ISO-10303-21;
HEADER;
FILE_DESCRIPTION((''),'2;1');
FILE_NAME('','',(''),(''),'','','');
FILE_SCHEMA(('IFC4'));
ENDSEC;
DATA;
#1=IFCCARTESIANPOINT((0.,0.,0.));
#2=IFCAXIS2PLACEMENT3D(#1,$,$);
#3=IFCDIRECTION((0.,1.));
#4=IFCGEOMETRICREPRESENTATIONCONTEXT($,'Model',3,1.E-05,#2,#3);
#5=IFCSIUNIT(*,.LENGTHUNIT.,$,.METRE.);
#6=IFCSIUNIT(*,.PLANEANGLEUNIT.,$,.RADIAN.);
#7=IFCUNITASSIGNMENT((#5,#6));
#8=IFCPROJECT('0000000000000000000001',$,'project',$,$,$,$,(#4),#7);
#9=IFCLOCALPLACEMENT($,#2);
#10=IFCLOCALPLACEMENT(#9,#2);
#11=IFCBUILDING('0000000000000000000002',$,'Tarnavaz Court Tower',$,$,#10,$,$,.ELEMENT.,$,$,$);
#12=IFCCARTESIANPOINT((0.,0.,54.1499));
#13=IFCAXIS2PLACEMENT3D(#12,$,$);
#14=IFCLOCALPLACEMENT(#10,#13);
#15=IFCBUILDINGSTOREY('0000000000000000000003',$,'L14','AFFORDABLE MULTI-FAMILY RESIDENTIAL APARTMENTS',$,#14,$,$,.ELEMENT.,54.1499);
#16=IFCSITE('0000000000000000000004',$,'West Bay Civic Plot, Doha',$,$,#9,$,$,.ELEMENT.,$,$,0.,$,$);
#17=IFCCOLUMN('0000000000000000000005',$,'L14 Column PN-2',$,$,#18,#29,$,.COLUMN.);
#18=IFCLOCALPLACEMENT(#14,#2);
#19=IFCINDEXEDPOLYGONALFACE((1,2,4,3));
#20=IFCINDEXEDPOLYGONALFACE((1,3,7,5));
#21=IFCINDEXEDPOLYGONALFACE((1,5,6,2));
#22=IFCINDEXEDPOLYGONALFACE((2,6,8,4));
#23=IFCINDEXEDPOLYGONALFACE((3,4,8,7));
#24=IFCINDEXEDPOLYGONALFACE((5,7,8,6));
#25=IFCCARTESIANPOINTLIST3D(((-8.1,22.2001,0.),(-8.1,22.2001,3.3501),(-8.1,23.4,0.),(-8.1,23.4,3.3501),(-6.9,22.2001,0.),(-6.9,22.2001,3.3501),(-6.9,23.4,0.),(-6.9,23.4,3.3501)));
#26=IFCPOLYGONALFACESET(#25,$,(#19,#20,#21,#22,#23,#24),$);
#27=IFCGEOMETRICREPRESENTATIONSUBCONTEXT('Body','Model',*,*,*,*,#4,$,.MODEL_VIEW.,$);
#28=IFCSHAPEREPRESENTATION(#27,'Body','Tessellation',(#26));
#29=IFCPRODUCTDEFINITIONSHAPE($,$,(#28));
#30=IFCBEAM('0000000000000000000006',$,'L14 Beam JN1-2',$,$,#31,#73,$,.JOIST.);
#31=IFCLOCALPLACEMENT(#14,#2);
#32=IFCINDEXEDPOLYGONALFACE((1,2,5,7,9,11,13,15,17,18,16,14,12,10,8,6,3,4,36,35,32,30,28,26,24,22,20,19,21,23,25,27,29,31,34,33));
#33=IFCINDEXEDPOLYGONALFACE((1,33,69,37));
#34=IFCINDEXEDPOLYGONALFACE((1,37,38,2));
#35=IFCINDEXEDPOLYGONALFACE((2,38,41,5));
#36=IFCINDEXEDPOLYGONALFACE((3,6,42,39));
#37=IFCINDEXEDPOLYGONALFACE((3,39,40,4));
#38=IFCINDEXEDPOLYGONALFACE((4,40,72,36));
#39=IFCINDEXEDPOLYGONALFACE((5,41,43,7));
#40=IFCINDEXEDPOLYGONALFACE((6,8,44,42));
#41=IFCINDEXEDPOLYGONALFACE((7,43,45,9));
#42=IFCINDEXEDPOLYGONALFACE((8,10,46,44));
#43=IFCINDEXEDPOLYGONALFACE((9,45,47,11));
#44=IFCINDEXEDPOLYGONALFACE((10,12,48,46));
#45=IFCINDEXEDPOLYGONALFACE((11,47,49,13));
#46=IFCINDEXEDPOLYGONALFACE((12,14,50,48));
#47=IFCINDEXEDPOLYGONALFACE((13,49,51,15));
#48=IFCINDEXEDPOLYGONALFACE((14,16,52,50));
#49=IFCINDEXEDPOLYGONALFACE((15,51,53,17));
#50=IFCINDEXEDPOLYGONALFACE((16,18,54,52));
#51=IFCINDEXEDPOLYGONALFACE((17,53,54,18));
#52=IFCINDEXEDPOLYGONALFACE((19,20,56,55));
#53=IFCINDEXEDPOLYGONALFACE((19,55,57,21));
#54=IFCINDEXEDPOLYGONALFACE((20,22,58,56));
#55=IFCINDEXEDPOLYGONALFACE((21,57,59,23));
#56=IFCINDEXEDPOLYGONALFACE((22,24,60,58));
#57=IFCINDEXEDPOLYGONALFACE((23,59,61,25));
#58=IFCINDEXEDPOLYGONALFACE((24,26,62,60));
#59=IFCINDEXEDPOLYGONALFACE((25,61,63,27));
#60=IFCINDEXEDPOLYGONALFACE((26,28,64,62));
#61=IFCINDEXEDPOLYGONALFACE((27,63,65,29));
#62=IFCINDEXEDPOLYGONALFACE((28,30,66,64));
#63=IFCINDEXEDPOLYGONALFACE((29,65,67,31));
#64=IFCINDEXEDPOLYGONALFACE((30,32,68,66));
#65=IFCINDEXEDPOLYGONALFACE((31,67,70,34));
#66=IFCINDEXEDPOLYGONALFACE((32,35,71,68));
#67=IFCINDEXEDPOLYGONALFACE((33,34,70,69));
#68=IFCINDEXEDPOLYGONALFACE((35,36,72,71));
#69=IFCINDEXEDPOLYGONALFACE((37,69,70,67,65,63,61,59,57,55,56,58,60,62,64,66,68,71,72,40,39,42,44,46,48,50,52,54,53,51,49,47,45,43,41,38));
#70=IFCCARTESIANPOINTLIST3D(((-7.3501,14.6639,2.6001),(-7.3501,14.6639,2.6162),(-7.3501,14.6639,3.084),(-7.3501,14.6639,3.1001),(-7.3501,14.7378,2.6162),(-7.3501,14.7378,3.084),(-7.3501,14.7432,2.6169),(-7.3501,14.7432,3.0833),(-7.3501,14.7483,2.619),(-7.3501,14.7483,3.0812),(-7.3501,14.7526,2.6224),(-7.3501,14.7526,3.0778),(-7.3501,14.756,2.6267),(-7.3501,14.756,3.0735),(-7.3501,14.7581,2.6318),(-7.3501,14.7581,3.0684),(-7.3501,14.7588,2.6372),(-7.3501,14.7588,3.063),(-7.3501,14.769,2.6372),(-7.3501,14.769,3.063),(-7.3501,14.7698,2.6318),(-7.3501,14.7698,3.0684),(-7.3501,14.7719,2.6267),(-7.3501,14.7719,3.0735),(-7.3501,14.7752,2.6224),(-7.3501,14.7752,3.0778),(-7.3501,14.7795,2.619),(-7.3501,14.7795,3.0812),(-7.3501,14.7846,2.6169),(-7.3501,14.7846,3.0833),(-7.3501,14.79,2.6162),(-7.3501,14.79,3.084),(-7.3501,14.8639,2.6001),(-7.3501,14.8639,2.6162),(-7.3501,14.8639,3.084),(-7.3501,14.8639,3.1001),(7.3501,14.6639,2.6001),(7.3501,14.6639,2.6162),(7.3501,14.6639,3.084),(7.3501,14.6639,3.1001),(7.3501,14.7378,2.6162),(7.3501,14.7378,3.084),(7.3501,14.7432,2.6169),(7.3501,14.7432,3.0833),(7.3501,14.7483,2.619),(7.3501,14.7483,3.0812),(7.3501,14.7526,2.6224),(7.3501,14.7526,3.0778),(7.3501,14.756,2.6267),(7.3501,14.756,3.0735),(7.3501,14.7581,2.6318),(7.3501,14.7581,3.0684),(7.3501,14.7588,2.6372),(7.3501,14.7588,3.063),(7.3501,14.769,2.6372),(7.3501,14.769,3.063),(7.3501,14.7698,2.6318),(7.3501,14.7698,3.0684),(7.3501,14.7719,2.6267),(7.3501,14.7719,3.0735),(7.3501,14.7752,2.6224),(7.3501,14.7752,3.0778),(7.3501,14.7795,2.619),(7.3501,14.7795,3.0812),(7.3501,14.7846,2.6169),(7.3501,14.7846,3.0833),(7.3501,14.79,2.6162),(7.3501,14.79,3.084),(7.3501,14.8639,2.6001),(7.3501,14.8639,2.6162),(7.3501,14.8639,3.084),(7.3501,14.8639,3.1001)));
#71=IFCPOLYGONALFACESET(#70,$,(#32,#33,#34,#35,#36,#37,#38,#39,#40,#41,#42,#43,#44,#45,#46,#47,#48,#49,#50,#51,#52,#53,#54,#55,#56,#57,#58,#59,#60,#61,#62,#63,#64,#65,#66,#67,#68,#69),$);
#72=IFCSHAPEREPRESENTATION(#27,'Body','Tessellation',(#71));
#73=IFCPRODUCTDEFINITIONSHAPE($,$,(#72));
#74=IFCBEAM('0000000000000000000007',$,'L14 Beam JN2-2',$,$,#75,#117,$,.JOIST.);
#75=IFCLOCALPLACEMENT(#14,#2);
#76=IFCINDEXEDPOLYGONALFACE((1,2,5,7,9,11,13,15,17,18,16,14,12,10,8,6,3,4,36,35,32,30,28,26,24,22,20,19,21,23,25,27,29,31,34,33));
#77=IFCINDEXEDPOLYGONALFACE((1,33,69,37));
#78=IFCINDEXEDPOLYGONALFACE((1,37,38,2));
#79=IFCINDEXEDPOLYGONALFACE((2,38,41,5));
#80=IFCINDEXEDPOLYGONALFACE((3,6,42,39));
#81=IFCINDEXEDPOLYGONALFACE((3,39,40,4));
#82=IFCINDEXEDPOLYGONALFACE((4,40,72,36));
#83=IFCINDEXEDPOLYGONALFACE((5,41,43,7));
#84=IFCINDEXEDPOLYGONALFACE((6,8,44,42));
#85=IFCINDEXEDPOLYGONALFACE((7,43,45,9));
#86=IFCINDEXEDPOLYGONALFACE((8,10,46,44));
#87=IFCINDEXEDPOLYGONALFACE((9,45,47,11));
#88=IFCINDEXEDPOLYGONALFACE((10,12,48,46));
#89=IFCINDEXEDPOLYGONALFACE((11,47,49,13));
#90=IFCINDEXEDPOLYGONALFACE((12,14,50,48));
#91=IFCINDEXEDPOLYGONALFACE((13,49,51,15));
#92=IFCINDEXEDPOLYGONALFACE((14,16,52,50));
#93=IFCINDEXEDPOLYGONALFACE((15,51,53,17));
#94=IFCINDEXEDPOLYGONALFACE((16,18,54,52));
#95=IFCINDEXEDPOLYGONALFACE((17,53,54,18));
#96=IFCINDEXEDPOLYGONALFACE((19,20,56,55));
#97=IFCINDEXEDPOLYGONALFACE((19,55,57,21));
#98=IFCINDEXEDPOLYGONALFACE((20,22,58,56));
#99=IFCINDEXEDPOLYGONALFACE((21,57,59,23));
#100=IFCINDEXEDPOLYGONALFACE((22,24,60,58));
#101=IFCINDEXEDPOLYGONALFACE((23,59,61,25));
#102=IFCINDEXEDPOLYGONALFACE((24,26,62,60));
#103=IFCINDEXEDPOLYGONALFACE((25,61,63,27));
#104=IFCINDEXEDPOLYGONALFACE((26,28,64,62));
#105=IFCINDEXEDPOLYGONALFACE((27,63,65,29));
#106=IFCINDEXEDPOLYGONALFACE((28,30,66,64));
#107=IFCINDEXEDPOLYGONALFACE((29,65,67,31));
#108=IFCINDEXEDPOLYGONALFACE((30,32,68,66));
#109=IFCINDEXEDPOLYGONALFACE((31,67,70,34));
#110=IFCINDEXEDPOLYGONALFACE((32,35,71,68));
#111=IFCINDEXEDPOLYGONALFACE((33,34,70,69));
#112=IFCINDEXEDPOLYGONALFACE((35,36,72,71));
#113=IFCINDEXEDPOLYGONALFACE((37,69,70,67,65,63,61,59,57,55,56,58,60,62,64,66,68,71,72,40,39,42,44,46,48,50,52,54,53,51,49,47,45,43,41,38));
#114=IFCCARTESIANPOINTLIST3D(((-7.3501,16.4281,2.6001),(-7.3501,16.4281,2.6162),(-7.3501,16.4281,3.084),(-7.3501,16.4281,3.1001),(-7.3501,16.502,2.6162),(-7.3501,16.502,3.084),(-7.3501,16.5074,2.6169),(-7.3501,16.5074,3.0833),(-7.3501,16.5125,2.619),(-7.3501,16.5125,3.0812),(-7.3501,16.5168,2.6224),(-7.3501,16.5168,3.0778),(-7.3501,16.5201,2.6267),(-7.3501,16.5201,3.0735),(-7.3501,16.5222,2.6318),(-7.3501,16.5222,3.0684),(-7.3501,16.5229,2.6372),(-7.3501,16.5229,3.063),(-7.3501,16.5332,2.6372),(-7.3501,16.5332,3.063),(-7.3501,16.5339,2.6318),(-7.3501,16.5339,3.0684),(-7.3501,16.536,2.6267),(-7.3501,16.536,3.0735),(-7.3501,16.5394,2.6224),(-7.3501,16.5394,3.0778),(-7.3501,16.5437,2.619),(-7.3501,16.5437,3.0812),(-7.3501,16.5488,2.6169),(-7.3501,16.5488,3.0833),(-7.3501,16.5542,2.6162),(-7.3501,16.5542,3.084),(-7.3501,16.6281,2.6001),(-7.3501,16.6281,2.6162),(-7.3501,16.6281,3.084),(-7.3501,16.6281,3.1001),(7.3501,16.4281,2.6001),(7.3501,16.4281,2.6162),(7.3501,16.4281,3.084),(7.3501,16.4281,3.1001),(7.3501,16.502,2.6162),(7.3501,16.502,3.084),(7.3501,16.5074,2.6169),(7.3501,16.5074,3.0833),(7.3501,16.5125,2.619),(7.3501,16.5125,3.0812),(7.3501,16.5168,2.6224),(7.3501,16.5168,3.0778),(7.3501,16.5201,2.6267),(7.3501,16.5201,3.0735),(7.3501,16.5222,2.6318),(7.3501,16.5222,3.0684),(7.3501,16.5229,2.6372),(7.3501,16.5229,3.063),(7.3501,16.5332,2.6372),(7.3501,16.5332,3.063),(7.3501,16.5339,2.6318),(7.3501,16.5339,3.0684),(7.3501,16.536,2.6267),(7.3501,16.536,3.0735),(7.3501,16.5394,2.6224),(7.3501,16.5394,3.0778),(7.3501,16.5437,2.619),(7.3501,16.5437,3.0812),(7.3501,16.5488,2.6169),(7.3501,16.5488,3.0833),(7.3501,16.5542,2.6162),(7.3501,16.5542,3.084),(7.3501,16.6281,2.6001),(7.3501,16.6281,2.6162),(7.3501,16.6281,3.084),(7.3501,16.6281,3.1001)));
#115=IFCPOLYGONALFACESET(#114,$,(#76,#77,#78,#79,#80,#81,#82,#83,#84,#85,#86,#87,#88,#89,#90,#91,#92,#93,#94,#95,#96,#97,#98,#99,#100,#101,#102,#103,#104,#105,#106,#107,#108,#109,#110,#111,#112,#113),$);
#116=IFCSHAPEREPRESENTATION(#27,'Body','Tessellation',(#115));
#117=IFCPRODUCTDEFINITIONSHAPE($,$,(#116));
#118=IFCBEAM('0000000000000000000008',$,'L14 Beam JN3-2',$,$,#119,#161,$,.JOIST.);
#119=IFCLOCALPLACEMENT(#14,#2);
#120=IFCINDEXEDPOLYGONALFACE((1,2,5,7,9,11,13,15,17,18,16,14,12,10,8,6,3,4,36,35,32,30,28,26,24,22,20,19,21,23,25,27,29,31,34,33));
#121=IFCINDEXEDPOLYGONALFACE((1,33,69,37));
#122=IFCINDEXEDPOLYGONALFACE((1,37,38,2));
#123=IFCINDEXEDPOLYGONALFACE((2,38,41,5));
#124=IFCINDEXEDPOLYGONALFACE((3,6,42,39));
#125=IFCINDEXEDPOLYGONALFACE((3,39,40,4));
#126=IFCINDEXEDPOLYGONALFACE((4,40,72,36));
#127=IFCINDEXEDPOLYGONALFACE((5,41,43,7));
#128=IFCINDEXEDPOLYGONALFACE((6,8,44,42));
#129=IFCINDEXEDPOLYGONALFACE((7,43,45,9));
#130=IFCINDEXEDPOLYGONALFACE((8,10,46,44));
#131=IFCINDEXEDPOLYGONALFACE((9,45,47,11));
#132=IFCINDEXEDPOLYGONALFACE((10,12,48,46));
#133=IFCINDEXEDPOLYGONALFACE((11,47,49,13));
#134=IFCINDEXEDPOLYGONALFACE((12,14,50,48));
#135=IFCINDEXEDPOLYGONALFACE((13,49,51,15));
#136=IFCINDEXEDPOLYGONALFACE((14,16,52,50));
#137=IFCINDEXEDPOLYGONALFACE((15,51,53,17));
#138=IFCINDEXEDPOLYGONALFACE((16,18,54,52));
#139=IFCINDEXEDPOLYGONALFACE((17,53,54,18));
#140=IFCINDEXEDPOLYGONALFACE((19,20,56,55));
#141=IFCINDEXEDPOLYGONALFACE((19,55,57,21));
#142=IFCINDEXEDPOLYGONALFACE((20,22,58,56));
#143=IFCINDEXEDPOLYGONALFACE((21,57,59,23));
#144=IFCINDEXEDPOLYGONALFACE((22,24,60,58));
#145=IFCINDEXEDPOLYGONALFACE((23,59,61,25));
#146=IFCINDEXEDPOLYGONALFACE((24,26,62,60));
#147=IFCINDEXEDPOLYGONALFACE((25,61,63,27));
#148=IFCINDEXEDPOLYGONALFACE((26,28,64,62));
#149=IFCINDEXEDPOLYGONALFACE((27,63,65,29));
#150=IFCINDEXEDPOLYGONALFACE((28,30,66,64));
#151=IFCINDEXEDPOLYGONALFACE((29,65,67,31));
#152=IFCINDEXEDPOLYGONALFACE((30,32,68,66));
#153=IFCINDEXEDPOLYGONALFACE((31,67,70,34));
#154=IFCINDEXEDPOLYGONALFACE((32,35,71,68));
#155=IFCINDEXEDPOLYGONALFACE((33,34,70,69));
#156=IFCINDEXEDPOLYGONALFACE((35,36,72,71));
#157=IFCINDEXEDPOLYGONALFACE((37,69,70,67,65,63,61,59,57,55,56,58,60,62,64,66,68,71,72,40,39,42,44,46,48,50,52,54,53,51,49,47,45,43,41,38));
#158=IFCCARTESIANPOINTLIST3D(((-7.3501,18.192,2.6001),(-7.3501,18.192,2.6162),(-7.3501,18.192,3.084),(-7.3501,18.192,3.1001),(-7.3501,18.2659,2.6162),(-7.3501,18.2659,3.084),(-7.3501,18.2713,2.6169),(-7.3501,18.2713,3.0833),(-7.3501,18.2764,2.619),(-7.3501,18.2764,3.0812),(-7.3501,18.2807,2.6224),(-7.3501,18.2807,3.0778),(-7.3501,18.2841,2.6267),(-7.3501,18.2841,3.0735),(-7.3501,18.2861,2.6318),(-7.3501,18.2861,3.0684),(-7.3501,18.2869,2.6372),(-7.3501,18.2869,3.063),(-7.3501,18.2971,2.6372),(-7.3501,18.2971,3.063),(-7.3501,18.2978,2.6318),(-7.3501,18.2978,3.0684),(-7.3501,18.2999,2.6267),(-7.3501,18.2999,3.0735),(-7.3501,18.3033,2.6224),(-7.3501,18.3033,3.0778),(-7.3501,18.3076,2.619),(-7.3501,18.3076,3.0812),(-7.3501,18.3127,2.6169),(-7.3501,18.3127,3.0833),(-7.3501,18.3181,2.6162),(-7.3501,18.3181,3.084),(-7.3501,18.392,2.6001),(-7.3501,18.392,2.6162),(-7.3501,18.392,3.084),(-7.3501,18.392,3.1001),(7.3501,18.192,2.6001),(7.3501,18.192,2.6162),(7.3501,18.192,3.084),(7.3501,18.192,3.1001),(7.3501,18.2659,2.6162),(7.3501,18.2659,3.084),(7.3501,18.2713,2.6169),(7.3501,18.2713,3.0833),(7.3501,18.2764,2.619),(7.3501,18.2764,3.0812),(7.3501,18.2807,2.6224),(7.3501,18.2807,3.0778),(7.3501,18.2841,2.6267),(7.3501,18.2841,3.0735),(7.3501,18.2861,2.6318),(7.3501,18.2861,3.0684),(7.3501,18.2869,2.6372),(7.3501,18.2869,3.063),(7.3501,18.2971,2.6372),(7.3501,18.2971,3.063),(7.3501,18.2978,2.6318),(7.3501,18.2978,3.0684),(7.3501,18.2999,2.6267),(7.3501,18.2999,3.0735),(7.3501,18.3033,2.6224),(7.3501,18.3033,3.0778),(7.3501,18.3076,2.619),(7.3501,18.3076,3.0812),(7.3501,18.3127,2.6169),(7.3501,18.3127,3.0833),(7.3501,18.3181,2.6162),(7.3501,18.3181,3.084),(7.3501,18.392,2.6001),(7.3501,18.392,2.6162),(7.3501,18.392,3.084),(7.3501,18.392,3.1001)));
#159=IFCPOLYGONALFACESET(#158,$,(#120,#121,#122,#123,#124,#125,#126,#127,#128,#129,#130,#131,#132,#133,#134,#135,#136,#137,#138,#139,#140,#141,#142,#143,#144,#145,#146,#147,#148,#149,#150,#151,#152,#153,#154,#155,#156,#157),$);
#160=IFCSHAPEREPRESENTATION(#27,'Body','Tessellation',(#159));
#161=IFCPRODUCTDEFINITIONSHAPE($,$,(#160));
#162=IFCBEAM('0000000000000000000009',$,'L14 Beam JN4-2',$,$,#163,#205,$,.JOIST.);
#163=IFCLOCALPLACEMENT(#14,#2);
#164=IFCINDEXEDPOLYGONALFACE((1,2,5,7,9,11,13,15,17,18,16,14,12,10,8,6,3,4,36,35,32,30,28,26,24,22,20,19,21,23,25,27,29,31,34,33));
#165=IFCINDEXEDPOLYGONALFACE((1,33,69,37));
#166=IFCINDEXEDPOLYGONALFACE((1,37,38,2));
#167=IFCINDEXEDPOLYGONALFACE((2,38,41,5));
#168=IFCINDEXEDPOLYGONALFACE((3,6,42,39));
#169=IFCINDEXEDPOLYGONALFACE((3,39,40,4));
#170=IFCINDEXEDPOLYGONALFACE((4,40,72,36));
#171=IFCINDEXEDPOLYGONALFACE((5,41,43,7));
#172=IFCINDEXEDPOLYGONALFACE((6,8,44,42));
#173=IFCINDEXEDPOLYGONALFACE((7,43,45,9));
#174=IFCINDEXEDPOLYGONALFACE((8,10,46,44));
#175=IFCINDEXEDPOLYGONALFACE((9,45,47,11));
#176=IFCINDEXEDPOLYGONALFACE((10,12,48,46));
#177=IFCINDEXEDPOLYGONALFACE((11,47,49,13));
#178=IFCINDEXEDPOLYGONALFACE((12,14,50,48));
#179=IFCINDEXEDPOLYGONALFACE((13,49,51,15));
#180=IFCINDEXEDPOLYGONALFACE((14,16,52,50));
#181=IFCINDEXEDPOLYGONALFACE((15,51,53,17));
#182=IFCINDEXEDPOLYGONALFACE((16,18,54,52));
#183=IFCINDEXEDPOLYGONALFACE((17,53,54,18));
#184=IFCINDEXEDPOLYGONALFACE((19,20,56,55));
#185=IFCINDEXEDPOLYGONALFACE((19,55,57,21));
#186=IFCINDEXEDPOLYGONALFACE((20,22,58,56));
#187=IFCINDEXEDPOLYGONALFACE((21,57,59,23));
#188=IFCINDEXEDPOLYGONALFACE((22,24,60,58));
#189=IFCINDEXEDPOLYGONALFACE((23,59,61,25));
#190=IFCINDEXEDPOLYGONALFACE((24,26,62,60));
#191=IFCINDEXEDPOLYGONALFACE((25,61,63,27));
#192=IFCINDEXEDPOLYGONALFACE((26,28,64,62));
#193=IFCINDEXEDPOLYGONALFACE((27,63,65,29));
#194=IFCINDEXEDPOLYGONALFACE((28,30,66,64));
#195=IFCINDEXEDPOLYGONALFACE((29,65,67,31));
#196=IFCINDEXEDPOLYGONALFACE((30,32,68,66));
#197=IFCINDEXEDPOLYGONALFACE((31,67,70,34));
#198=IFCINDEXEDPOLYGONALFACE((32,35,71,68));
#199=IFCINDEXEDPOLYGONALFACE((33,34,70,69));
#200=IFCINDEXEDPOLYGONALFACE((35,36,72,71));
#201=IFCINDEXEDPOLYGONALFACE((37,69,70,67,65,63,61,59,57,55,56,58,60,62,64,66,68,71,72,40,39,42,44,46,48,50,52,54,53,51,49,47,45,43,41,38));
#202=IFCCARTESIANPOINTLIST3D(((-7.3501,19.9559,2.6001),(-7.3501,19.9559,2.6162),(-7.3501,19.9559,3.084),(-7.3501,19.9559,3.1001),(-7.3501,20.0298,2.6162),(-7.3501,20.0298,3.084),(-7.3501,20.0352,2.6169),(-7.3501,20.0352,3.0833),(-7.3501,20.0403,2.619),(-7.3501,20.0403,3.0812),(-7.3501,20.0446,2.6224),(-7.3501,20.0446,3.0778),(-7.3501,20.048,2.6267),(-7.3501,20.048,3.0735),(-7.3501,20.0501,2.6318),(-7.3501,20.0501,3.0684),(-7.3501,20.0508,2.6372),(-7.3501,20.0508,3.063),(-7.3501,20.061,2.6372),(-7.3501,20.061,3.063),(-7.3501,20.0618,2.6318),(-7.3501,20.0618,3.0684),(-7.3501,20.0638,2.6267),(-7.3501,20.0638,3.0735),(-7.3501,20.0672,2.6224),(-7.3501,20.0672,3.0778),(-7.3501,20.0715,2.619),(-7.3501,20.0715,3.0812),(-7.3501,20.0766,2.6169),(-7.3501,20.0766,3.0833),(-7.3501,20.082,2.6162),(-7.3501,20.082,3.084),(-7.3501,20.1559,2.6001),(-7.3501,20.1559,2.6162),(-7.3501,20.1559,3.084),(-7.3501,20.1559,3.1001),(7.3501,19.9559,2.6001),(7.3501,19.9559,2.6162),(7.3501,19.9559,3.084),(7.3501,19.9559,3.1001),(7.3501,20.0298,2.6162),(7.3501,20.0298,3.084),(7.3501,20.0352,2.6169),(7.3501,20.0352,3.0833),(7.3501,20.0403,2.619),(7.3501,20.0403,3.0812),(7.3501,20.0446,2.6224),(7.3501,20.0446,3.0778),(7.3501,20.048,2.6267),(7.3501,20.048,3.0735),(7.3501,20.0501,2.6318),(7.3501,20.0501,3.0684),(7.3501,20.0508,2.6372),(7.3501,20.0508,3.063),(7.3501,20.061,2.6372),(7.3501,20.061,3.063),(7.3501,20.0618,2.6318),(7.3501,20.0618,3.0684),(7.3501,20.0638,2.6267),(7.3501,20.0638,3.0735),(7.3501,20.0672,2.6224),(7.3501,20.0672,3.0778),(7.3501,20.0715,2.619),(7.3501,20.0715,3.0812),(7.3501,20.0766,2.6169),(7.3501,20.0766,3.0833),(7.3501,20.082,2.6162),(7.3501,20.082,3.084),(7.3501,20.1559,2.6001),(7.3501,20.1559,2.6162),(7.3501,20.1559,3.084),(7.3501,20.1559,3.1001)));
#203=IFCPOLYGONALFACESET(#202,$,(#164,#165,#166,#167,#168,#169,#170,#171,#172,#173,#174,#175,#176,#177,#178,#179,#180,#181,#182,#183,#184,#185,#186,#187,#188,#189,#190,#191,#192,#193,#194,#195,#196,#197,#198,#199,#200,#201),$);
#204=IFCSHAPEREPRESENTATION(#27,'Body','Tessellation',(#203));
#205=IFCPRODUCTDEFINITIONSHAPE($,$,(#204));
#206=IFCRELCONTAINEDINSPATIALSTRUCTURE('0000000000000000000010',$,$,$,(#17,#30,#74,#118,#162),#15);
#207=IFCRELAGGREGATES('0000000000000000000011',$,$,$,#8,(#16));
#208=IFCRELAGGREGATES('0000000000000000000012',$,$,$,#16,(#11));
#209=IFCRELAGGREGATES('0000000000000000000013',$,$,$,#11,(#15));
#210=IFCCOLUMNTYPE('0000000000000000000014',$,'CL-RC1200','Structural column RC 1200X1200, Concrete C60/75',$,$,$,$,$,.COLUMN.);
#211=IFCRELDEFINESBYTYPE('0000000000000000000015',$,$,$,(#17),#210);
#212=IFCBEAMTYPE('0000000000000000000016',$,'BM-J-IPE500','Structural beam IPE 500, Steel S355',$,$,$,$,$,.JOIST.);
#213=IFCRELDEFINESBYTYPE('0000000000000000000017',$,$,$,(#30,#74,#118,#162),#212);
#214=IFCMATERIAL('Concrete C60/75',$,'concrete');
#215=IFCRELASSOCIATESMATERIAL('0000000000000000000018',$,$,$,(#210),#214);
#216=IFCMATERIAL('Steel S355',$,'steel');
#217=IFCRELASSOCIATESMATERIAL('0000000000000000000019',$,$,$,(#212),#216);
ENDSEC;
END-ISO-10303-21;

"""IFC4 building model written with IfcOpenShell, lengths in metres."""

from ifc_helpers import new_model, si_unit, direction, frame, origin, origin_2d, place, context, subcontext, project, spatial, rectangle, i_section, extrude, material, material_profile, profile_set, type_object, element, save


model = new_model("IFC4")

# Units and contexts
model_context = context("Model", 3, precision=1e-05, world=origin(), true_north=direction((0.0, 1.0)))
body_context = subcontext(model_context, "Body", "Model", "MODEL_VIEW")
ifc_project = project(units=[si_unit("LENGTHUNIT", "METRE"), si_unit("PLANEANGLEUNIT", "RADIAN")], contexts=[model_context])

# Site, building, storey
site_placement = place(None, origin())
site = spatial("IfcSite", under=ifc_project, at=site_placement, Name="West Bay Civic Plot, Doha", CompositionType="ELEMENT", RefElevation=0.0)
building_placement = place(site_placement, origin())
building = spatial("IfcBuilding", under=site, at=building_placement, Name="Tarnavaz Court Tower", CompositionType="ELEMENT")
storey_placement = place(building_placement, frame((0.0, 0.0, 54.1499)))
storey = spatial("IfcBuildingStorey", under=building, at=storey_placement, Name="L14", Description="AFFORDABLE MULTI-FAMILY RESIDENTIAL APARTMENTS", CompositionType="ELEMENT", Elevation=54.1499)

# Column
ifc_material_1 = material(Name="Concrete C60/75", Category="concrete")
ifc_material_profile_1 = material_profile(ifc_material_1, rectangle(XDim=1.2, YDim=1.2, at=origin_2d()), Name="RC 1200X1200")
ifc_profile_set_1 = profile_set([ifc_material_profile_1], Name="Concrete C60/75")
column_type = type_object("IfcColumnType", Name="CL-RC1200", Description="Structural column RC 1200X1200, Concrete C60/75", PredefinedType="COLUMN", material=ifc_profile_set_1)
column_placement = place(storey_placement, frame((-7.5, 22.8, 0.0), z_axis=(0.0, 0.0, 1.0), x_axis=(1.0, 0.0, 0.0)))
element("IfcColumn", 1, at=column_placement, inside=storey, type_object=column_type, Name="L14 Column PN-2", PredefinedType="COLUMN", context=body_context, shape_type="SweptSolid", body=[
    extrude(rectangle(XDim=1.2, YDim=1.2, at=origin_2d()), origin(), (0.0, 0.0, 1.0), 3.3501),
])

# Beams
ifc_material_2 = material(Name="Steel S355", Category="steel")
ifc_material_profile_2 = material_profile(ifc_material_2, i_section(OverallWidth=0.2, OverallDepth=0.5, WebThickness=0.0103, FlangeThickness=0.0161, FilletRadius=0.021, at=origin_2d()), Name="IPE 500")
ifc_profile_set_2 = profile_set([ifc_material_profile_2], Name="Steel S355")
beam_type_1 = type_object("IfcBeamType", Name="BM-J-IPE500", Description="Structural beam IPE 500, Steel S355", PredefinedType="JOIST", material=ifc_profile_set_2)
for number, where, z_axis, x_axis, name in (
    (2, (-7.3501, 14.7639, 2.8501), (1.0, 0.0, 0.0), (0.0, 1.0, 0.0), "L14 Beam JN1-2"),
    (3, (-7.3501, 16.5281, 2.8501), (1.0, 0.0, 0.0), (0.0, 1.0, 0.0), "L14 Beam JN2-2"),
    (4, (-7.3501, 18.292, 2.8501), (1.0, 0.0, 0.0), (0.0, 1.0, 0.0), "L14 Beam JN3-2"),
    (5, (-7.3501, 20.0559, 2.8501), (1.0, 0.0, 0.0), (0.0, 1.0, 0.0), "L14 Beam JN4-2"),
):
    element("IfcBeam", number, at=place(storey_placement, frame(where, z_axis=z_axis, x_axis=x_axis)), inside=storey, type_object=beam_type_1, Name=name, PredefinedType="JOIST", context=body_context, shape_type="SweptSolid", body=[
        extrude(i_section(OverallWidth=0.2, OverallDepth=0.5, WebThickness=0.0103, FlangeThickness=0.0161, FilletRadius=0.021, at=origin_2d()), origin(), (0.0, 0.0, 1.0), 14.7002),
    ])

save(model, "model.ifc")
